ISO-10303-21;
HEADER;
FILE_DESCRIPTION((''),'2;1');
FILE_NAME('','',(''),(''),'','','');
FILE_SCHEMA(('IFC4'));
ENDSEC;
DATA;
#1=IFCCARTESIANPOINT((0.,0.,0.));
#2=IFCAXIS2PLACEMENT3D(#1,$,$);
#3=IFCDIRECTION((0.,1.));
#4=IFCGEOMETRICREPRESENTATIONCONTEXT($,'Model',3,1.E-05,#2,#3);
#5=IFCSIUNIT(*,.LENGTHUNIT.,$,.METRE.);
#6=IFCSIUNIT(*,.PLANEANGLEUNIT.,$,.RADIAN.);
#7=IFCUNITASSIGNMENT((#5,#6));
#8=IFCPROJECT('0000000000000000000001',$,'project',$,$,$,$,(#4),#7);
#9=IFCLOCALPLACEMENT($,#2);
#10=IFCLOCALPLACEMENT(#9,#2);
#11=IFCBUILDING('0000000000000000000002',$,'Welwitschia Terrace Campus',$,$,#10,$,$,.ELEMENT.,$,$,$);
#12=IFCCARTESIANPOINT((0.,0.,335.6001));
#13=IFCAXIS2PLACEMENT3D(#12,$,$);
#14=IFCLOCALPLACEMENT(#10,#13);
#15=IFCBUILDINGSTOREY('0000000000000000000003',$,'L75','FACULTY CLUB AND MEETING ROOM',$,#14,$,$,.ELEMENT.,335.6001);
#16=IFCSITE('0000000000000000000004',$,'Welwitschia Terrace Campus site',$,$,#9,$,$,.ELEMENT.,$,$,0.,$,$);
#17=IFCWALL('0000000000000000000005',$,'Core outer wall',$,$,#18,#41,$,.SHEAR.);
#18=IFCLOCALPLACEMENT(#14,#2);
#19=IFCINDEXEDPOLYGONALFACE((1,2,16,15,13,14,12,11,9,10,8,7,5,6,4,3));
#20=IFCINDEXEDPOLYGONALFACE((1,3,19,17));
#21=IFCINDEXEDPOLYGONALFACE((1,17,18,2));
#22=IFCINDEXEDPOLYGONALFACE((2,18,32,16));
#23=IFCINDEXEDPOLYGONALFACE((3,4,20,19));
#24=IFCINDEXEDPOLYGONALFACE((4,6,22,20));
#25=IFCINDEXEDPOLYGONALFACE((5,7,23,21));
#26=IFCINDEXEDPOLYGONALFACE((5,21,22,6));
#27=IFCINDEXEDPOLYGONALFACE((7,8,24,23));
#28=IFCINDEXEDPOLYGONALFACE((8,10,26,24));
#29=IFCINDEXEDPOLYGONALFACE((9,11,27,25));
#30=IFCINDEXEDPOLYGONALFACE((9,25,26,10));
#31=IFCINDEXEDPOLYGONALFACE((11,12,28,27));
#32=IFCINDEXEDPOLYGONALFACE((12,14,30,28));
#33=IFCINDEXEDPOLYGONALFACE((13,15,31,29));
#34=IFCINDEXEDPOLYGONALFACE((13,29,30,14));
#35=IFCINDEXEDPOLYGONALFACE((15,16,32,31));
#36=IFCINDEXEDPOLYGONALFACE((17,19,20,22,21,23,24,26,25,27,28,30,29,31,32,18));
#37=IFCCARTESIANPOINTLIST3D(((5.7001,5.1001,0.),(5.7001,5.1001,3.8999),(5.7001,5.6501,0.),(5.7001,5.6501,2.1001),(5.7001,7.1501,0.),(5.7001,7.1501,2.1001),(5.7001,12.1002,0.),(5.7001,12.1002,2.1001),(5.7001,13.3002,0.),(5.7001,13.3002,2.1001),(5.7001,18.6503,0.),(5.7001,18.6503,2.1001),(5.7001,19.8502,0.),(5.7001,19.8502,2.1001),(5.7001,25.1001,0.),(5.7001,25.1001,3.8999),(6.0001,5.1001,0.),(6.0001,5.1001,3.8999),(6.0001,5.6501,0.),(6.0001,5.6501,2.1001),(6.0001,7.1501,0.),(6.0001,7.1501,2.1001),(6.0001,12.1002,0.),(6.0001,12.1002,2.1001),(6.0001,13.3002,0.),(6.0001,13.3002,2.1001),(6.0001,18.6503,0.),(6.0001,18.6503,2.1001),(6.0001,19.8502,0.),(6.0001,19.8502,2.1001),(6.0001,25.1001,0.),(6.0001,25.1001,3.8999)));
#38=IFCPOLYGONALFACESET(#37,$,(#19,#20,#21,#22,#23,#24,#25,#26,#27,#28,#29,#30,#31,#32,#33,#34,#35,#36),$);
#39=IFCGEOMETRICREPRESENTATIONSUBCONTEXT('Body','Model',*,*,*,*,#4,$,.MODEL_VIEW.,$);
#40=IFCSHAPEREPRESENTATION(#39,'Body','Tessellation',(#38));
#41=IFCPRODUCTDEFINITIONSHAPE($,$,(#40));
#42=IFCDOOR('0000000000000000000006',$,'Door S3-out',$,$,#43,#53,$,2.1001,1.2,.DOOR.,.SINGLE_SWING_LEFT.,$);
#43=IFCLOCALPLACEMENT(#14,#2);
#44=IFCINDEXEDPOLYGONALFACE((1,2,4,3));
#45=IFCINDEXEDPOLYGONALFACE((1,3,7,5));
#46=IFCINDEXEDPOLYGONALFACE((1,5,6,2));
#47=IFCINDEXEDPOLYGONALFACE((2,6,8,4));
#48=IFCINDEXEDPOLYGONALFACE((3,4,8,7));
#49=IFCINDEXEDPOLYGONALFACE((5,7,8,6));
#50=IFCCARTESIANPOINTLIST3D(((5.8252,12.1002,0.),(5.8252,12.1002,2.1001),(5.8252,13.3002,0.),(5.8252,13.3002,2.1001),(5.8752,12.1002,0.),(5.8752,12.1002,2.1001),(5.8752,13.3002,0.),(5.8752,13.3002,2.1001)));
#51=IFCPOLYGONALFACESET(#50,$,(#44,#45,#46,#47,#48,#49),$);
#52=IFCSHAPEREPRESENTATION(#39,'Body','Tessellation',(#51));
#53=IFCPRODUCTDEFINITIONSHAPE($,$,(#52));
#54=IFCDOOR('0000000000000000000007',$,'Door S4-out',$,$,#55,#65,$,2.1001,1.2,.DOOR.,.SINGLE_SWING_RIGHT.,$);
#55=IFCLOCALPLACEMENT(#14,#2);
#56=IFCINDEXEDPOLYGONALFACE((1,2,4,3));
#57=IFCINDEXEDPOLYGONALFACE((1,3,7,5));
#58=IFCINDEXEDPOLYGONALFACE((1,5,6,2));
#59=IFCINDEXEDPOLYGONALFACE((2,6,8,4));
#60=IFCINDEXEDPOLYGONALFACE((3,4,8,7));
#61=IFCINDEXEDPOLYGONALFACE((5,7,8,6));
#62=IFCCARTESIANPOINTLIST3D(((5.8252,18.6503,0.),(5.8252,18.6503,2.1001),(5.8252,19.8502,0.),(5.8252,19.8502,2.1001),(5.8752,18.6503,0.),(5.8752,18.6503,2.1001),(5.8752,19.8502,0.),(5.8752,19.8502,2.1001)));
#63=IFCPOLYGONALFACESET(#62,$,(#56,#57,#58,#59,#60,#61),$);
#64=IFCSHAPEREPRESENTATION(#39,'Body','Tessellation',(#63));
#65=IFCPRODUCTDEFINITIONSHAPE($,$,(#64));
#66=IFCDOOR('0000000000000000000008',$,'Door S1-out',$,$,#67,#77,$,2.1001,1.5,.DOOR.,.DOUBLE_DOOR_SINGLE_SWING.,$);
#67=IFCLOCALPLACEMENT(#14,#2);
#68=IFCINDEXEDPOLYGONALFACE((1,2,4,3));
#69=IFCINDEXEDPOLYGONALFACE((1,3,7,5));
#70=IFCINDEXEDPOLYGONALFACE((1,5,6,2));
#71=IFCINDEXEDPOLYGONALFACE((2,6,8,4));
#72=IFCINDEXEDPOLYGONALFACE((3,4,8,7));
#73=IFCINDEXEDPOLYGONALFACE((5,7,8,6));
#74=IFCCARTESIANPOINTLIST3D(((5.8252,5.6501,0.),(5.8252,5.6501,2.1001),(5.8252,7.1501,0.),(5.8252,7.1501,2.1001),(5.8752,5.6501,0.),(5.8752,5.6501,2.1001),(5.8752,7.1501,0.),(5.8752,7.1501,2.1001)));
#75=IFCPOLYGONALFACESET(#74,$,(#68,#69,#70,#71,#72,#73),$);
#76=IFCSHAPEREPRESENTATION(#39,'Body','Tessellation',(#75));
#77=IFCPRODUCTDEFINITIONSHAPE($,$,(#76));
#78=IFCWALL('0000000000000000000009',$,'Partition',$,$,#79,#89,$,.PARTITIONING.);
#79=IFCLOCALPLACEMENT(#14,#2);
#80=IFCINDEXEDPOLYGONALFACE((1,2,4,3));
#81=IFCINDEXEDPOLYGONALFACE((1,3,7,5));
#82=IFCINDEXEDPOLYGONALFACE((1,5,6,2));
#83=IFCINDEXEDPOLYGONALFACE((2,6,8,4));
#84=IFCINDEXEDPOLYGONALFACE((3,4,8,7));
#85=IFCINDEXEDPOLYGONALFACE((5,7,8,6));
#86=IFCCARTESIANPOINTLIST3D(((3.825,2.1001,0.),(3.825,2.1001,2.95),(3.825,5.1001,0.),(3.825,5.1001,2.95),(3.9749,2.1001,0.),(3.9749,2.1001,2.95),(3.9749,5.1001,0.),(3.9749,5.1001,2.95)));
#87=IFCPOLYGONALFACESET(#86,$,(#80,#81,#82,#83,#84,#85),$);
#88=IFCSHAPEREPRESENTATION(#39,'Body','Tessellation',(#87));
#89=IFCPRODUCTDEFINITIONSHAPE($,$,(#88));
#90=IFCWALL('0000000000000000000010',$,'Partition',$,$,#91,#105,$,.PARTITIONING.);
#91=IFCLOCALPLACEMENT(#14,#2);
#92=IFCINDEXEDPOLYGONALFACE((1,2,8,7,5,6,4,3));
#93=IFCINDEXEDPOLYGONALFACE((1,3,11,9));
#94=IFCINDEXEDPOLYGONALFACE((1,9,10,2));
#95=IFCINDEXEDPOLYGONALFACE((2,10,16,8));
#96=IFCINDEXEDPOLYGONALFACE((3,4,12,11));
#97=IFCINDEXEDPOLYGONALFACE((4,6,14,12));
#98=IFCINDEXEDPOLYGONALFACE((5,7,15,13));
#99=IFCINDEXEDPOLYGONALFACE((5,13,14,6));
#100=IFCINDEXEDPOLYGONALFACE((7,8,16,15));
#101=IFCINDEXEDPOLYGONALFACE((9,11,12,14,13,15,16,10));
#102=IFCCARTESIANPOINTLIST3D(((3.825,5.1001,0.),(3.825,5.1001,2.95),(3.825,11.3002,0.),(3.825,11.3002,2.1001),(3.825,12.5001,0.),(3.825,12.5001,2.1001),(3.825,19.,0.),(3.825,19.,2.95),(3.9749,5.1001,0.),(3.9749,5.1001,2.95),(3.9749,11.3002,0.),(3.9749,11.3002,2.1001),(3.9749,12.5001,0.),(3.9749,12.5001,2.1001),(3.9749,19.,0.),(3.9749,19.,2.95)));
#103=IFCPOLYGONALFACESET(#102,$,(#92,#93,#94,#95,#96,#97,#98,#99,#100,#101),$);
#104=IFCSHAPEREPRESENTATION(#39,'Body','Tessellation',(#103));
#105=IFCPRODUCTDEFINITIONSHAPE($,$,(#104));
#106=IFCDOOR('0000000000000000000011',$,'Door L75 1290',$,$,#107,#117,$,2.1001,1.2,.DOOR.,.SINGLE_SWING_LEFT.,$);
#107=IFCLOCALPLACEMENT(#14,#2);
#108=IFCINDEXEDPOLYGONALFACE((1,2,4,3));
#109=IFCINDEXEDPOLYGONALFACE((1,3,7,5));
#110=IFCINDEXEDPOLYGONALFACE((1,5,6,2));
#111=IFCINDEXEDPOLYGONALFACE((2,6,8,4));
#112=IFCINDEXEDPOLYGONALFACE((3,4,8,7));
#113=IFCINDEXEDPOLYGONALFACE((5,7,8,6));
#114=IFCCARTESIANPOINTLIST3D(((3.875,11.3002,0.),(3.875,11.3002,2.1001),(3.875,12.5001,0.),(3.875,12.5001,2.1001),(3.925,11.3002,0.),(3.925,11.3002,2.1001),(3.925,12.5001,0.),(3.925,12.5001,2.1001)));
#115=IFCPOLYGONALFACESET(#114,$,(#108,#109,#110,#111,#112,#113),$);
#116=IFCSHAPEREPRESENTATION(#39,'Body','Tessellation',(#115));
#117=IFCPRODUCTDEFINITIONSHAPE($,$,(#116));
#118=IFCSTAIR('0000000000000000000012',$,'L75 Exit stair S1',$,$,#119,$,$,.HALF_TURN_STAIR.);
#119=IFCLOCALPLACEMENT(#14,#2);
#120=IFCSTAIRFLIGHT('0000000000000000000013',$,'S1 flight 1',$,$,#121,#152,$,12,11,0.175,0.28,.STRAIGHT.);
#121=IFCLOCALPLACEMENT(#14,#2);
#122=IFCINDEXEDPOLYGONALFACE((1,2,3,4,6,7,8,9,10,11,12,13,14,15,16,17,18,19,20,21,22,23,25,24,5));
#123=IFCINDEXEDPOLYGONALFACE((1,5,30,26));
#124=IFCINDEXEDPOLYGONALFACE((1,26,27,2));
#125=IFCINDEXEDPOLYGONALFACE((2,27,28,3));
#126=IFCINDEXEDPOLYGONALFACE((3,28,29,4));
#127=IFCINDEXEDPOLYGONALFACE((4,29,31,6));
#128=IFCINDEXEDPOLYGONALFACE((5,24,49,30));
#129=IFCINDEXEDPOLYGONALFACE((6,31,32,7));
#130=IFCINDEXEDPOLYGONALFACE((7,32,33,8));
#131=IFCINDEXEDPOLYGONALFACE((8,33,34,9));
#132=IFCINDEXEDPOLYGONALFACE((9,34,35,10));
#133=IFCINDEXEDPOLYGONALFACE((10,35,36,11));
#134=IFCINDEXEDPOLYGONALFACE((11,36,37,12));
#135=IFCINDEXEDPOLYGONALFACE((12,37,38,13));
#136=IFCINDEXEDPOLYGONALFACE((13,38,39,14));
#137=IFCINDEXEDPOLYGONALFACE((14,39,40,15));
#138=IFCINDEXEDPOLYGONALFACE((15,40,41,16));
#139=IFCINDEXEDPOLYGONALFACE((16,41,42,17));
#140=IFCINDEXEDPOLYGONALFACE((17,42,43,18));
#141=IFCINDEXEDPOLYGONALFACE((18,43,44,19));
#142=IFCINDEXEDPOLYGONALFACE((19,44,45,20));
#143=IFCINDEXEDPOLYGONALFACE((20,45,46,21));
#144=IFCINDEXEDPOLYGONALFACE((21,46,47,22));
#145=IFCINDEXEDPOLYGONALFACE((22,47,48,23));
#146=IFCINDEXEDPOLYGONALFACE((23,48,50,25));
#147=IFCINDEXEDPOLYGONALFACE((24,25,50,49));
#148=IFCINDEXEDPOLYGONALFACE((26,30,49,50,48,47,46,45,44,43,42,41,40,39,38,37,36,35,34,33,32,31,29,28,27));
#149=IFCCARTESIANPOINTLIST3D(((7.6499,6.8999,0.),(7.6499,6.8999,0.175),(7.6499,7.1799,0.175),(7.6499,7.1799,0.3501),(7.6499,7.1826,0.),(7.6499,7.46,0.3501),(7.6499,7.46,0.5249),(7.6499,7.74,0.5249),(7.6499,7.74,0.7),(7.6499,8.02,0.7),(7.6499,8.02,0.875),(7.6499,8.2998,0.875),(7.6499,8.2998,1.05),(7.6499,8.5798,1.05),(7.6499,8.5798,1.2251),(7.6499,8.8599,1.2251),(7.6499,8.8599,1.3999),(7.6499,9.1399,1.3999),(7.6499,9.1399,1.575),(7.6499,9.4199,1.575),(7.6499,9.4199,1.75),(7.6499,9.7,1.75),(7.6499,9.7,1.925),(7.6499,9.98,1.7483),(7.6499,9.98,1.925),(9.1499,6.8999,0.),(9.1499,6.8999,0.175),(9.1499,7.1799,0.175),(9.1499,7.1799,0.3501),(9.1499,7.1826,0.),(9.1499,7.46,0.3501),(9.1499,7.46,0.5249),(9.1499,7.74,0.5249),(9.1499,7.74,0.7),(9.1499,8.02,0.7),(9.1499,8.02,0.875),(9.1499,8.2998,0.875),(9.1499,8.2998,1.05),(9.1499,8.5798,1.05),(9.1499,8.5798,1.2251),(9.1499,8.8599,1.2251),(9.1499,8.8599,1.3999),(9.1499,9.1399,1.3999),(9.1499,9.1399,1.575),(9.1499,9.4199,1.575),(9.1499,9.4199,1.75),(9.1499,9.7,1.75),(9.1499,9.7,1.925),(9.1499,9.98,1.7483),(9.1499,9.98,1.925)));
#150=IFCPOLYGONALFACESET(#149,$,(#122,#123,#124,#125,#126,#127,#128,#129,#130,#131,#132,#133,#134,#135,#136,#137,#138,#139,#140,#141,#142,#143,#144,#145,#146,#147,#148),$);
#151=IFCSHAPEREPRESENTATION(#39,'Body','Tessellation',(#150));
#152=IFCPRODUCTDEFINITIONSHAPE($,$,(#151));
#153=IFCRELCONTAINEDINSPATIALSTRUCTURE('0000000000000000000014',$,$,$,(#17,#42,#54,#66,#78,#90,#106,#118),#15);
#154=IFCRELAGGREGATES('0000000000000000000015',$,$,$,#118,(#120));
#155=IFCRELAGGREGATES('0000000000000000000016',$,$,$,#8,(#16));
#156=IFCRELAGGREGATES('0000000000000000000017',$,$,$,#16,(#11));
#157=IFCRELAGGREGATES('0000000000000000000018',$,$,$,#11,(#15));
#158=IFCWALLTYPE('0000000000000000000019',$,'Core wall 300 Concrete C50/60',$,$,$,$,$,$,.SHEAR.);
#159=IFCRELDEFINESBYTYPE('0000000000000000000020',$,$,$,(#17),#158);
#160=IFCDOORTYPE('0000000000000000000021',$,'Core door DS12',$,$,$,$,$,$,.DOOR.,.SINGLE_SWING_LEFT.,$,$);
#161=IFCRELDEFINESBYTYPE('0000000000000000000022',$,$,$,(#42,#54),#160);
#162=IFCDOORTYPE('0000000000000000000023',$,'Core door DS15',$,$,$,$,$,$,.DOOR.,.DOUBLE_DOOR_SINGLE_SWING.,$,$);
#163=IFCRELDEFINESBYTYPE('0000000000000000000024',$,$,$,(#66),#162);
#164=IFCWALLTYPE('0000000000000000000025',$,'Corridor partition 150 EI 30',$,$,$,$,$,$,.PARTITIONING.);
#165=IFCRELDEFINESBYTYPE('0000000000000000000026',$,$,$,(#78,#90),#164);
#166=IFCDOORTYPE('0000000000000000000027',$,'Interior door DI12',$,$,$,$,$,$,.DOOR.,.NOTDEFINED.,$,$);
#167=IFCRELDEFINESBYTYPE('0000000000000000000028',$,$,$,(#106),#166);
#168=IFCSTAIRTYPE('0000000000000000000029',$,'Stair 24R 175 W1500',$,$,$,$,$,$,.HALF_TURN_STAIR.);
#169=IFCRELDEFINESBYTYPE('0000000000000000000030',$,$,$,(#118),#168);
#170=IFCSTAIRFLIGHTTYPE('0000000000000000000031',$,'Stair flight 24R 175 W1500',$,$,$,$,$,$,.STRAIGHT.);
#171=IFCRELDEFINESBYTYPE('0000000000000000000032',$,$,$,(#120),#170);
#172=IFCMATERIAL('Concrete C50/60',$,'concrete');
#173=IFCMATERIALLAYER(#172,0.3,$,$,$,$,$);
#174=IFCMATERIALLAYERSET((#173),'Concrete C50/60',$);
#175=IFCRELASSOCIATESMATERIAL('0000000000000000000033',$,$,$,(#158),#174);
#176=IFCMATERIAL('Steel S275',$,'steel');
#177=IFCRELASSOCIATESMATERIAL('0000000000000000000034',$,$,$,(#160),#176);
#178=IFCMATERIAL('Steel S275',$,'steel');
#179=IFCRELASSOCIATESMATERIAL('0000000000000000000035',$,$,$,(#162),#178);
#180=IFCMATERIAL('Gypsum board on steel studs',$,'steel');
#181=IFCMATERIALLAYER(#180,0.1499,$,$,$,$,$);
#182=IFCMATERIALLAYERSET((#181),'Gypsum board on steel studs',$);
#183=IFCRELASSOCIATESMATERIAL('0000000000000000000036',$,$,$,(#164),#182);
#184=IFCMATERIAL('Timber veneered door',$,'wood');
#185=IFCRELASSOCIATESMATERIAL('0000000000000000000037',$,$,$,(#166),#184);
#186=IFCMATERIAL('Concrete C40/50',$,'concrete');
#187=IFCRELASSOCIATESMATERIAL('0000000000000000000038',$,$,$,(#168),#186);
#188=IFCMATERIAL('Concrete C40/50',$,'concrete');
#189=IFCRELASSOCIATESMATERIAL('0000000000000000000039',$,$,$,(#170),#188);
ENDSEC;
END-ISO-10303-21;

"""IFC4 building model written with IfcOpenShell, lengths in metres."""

from ifc_helpers import new_model, si_unit, direction, frame, frame_2d, origin, place, context, subcontext, project, spatial, polyline, rectangle, outline, extrude, material, layer, layer_set, type_object, element, fill, aggregate, save


model = new_model("IFC4")

# Units and contexts
model_context = context("Model", 3, precision=1e-05, world=origin(), true_north=direction((0.0, 1.0)))
body_context = subcontext(model_context, "Body", "Model", "MODEL_VIEW")
ifc_project = project(units=[si_unit("LENGTHUNIT", "METRE"), si_unit("PLANEANGLEUNIT", "RADIAN")], contexts=[model_context])

# Site, building, storey
site_placement = place(None, origin())
site = spatial("IfcSite", under=ifc_project, at=site_placement, Name="Welwitschia Terrace Campus site", CompositionType="ELEMENT", RefElevation=0.0)
building_placement = place(site_placement, origin())
building = spatial("IfcBuilding", under=site, at=building_placement, Name="Welwitschia Terrace Campus", CompositionType="ELEMENT")
storey_placement = place(building_placement, frame((0.0, 0.0, 335.6001)))
storey = spatial("IfcBuildingStorey", under=building, at=storey_placement, Name="L75", Description="FACULTY CLUB AND MEETING ROOM", CompositionType="ELEMENT", Elevation=335.6001)

# Wall, openings, doors
ifc_material_1 = material(Name="Concrete C50/60", Category="concrete")
ifc_layer_1 = layer(ifc_material_1, 0.3)
ifc_layer_set_1 = layer_set([ifc_layer_1], Name="Concrete C50/60")
wall_type_1 = type_object("IfcWallType", Name="Core wall 300 Concrete C50/60", PredefinedType="SHEAR", material=ifc_layer_set_1)
wall_1_placement = place(storey_placement, frame((5.8501, 5.1001, 0.0), z_axis=(0.0, 0.0, 1.0), x_axis=(0.0, 1.0, 0.0)))
wall_1 = element("IfcWall", 1, at=wall_1_placement, inside=storey, type_object=wall_type_1, Name="Core outer wall", PredefinedType="SHEAR", context=body_context, shape_type="SweptSolid", body=[
    extrude(rectangle(XDim=20.0, YDim=0.3, at=frame_2d((10.0, 0.0))), origin(), (0.0, 0.0, 1.0), 3.8999),
])
opening_1_placement = place(wall_1_placement, frame((0.55, 0.0, 0.0)))
opening_1 = element("IfcOpeningElement", 2, at=opening_1_placement, cuts=wall_1, PredefinedType="OPENING", context=body_context, shape_type="SweptSolid", body=[
    extrude(rectangle(XDim=1.5, YDim=2.1001, at=frame_2d((0.75, 1.05))), frame((0.0, 0.1599, 0.0), z_axis=(0.0, -1.0, 0.0), x_axis=(1.0, 0.0, 0.0)), (0.0, 0.0, 1.0), 0.3201),
])
opening_2_placement = place(wall_1_placement, frame((7.0, 0.0, 0.0)))
opening_2 = element("IfcOpeningElement", 3, at=opening_2_placement, cuts=wall_1, PredefinedType="OPENING", context=body_context, shape_type="SweptSolid", body=[
    extrude(rectangle(XDim=1.2, YDim=2.1001, at=frame_2d((0.6001, 1.05))), frame((0.0, 0.1599, 0.0), z_axis=(0.0, -1.0, 0.0), x_axis=(1.0, 0.0, 0.0)), (0.0, 0.0, 1.0), 0.3201),
])
opening_3_placement = place(wall_1_placement, frame((13.55, 0.0, 0.0)))
opening_3 = element("IfcOpeningElement", 4, at=opening_3_placement, cuts=wall_1, PredefinedType="OPENING", context=body_context, shape_type="SweptSolid", body=[
    extrude(rectangle(XDim=1.2, YDim=2.1001, at=frame_2d((0.6001, 1.05))), frame((0.0, 0.1599, 0.0), z_axis=(0.0, -1.0, 0.0), x_axis=(1.0, 0.0, 0.0)), (0.0, 0.0, 1.0), 0.3201),
])
ifc_material_2 = material(Name="Steel S275", Category="steel")
door_type_1 = type_object("IfcDoorType", Name="Core door DS12", OperationType="SINGLE_SWING_LEFT", PredefinedType="DOOR", material=ifc_material_2)
door_1_placement = place(opening_2_placement, origin())
door_1 = element("IfcDoor", 5, at=door_1_placement, inside=storey, type_object=door_type_1, Name="Door S3-out", OperationType="SINGLE_SWING_LEFT", OverallHeight=2.1001, OverallWidth=1.2, PredefinedType="DOOR", context=body_context, shape_type="SweptSolid", body=[
    extrude(rectangle(XDim=1.2, YDim=2.1001, at=frame_2d((0.6001, 1.05))), frame((0.0, 0.0249, 0.0), z_axis=(0.0, -1.0, 0.0), x_axis=(1.0, 0.0, 0.0)), (0.0, 0.0, 1.0), 0.05),
])
fill(opening_2, door_1)
door_2_placement = place(opening_3_placement, origin())
door_2 = element("IfcDoor", 6, at=door_2_placement, inside=storey, type_object=door_type_1, Name="Door S4-out", OperationType="SINGLE_SWING_RIGHT", OverallHeight=2.1001, OverallWidth=1.2, PredefinedType="DOOR", context=body_context, shape_type="SweptSolid", body=[
    extrude(rectangle(XDim=1.2, YDim=2.1001, at=frame_2d((0.6001, 1.05))), frame((0.0, 0.0249, 0.0), z_axis=(0.0, -1.0, 0.0), x_axis=(1.0, 0.0, 0.0)), (0.0, 0.0, 1.0), 0.05),
])
fill(opening_3, door_2)
ifc_material_3 = material(Name="Steel S275", Category="steel")
door_type_2 = type_object("IfcDoorType", Name="Core door DS15", OperationType="DOUBLE_DOOR_SINGLE_SWING", PredefinedType="DOOR", material=ifc_material_3)
door_3_placement = place(opening_1_placement, origin())
door_3 = element("IfcDoor", 7, at=door_3_placement, inside=storey, type_object=door_type_2, Name="Door S1-out", OperationType="DOUBLE_DOOR_SINGLE_SWING", OverallHeight=2.1001, OverallWidth=1.5, PredefinedType="DOOR", context=body_context, shape_type="SweptSolid", body=[
    extrude(rectangle(XDim=1.5, YDim=2.1001, at=frame_2d((0.75, 1.05))), frame((0.0, 0.0249, 0.0), z_axis=(0.0, -1.0, 0.0), x_axis=(1.0, 0.0, 0.0)), (0.0, 0.0, 1.0), 0.05),
])
fill(opening_1, door_3)

# Wall
ifc_material_4 = material(Name="Gypsum board on steel studs", Category="steel")
ifc_layer_2 = layer(ifc_material_4, 0.1499)
ifc_layer_set_2 = layer_set([ifc_layer_2], Name="Gypsum board on steel studs")
wall_type_2 = type_object("IfcWallType", Name="Corridor partition 150 EI 30", PredefinedType="PARTITIONING", material=ifc_layer_set_2)
wall_2_placement = place(storey_placement, frame((3.8999, 2.1001, 0.0), z_axis=(0.0, 0.0, 1.0), x_axis=(0.0, 1.0, 0.0)))
element("IfcWall", 8, at=wall_2_placement, inside=storey, type_object=wall_type_2, Name="Partition", PredefinedType="PARTITIONING", context=body_context, shape_type="SweptSolid", body=[
    extrude(rectangle(XDim=3.0, YDim=0.1499, at=frame_2d((1.5, 0.0))), origin(), (0.0, 0.0, 1.0), 2.95),
])

# Wall, opening, door
wall_3_placement = place(storey_placement, frame((3.8999, 5.1001, 0.0), z_axis=(0.0, 0.0, 1.0), x_axis=(0.0, 1.0, 0.0)))
wall_3 = element("IfcWall", 9, at=wall_3_placement, inside=storey, type_object=wall_type_2, Name="Partition", PredefinedType="PARTITIONING", context=body_context, shape_type="SweptSolid", body=[
    extrude(rectangle(XDim=13.8999, YDim=0.1499, at=frame_2d((6.95, 0.0))), origin(), (0.0, 0.0, 1.0), 2.95),
])
opening_4_placement = place(wall_3_placement, frame((6.2, 0.0, 0.0)))
opening_4 = element("IfcOpeningElement", 10, at=opening_4_placement, cuts=wall_3, PredefinedType="OPENING", context=body_context, shape_type="SweptSolid", body=[
    extrude(rectangle(XDim=1.2, YDim=2.1001, at=frame_2d((0.6001, 1.05))), frame((0.0, 0.085, 0.0), z_axis=(0.0, -1.0, 0.0), x_axis=(1.0, 0.0, 0.0)), (0.0, 0.0, 1.0), 0.1699),
])
ifc_material_5 = material(Name="Timber veneered door", Category="wood")
door_type_3 = type_object("IfcDoorType", Name="Interior door DI12", OperationType="NOTDEFINED", PredefinedType="DOOR", material=ifc_material_5)
door_4_placement = place(opening_4_placement, origin())
door_4 = element("IfcDoor", 11, at=door_4_placement, inside=storey, type_object=door_type_3, Name="Door L75 1290", OperationType="SINGLE_SWING_LEFT", OverallHeight=2.1001, OverallWidth=1.2, PredefinedType="DOOR", context=body_context, shape_type="SweptSolid", body=[
    extrude(rectangle(XDim=1.2, YDim=2.1001, at=frame_2d((0.6001, 1.05))), frame((0.0, 0.0249, 0.0), z_axis=(0.0, -1.0, 0.0), x_axis=(1.0, 0.0, 0.0)), (0.0, 0.0, 1.0), 0.05),
])
fill(opening_4, door_4)

# Stair, stair flight
ifc_material_6 = material(Name="Concrete C40/50", Category="concrete")
stair_type = type_object("IfcStairType", Name="Stair 24R 175 W1500", PredefinedType="HALF_TURN_STAIR", material=ifc_material_6)
stair_1_placement = place(storey_placement, origin())
stair_1 = element("IfcStair", 12, at=stair_1_placement, inside=storey, type_object=stair_type, Name="L75 Exit stair S1", PredefinedType="HALF_TURN_STAIR")
ifc_material_7 = material(Name="Concrete C40/50", Category="concrete")
stair_flight_type = type_object("IfcStairFlightType", Name="Stair flight 24R 175 W1500", PredefinedType="STRAIGHT", material=ifc_material_7)
stair_flight_1_placement = place(storey_placement, frame((8.3999, 6.8999, 0.0), z_axis=(0.0, 0.0, 1.0), x_axis=(0.0, 1.0, 0.0)))
stair_flight_1 = element("IfcStairFlight", 13, at=stair_flight_1_placement, type_object=stair_flight_type, Name="S1 flight 1", NumberOfRisers=12, NumberOfTreads=11, PredefinedType="STRAIGHT", RiserHeight=0.175, TreadLength=0.28, context=body_context, shape_type="SweptSolid", body=[
    extrude(outline(polyline([(0.0, 0.0), (0.0, 0.175), (0.28, 0.175), (0.28, 0.3501), (0.5601, 0.3501), (0.5601, 0.5249), (0.8401, 0.5249), (0.8401, 0.7), (1.1201, 0.7), (1.1201, 0.875), (1.3999, 0.875), (1.3999, 1.05), (1.6799, 1.05), (1.6799, 1.2251), (1.96, 1.2251), (1.96, 1.3999), (2.24, 1.3999), (2.24, 1.575), (2.52, 1.575), (2.52, 1.75), (2.8, 1.75), (2.8, 1.925), (3.0801, 1.925), (3.0801, 2.1001), (3.0801, 1.7483), (0.2827, 0.0), (0.0, 0.0)])), frame((0.0, 0.75, 0.0), z_axis=(0.0, -1.0, 0.0), x_axis=(1.0, 0.0, 0.0)), (0.0, 0.0, 1.0), 1.5),
])
aggregate(stair_1, [stair_flight_1])

save(model, "model.ifc")
